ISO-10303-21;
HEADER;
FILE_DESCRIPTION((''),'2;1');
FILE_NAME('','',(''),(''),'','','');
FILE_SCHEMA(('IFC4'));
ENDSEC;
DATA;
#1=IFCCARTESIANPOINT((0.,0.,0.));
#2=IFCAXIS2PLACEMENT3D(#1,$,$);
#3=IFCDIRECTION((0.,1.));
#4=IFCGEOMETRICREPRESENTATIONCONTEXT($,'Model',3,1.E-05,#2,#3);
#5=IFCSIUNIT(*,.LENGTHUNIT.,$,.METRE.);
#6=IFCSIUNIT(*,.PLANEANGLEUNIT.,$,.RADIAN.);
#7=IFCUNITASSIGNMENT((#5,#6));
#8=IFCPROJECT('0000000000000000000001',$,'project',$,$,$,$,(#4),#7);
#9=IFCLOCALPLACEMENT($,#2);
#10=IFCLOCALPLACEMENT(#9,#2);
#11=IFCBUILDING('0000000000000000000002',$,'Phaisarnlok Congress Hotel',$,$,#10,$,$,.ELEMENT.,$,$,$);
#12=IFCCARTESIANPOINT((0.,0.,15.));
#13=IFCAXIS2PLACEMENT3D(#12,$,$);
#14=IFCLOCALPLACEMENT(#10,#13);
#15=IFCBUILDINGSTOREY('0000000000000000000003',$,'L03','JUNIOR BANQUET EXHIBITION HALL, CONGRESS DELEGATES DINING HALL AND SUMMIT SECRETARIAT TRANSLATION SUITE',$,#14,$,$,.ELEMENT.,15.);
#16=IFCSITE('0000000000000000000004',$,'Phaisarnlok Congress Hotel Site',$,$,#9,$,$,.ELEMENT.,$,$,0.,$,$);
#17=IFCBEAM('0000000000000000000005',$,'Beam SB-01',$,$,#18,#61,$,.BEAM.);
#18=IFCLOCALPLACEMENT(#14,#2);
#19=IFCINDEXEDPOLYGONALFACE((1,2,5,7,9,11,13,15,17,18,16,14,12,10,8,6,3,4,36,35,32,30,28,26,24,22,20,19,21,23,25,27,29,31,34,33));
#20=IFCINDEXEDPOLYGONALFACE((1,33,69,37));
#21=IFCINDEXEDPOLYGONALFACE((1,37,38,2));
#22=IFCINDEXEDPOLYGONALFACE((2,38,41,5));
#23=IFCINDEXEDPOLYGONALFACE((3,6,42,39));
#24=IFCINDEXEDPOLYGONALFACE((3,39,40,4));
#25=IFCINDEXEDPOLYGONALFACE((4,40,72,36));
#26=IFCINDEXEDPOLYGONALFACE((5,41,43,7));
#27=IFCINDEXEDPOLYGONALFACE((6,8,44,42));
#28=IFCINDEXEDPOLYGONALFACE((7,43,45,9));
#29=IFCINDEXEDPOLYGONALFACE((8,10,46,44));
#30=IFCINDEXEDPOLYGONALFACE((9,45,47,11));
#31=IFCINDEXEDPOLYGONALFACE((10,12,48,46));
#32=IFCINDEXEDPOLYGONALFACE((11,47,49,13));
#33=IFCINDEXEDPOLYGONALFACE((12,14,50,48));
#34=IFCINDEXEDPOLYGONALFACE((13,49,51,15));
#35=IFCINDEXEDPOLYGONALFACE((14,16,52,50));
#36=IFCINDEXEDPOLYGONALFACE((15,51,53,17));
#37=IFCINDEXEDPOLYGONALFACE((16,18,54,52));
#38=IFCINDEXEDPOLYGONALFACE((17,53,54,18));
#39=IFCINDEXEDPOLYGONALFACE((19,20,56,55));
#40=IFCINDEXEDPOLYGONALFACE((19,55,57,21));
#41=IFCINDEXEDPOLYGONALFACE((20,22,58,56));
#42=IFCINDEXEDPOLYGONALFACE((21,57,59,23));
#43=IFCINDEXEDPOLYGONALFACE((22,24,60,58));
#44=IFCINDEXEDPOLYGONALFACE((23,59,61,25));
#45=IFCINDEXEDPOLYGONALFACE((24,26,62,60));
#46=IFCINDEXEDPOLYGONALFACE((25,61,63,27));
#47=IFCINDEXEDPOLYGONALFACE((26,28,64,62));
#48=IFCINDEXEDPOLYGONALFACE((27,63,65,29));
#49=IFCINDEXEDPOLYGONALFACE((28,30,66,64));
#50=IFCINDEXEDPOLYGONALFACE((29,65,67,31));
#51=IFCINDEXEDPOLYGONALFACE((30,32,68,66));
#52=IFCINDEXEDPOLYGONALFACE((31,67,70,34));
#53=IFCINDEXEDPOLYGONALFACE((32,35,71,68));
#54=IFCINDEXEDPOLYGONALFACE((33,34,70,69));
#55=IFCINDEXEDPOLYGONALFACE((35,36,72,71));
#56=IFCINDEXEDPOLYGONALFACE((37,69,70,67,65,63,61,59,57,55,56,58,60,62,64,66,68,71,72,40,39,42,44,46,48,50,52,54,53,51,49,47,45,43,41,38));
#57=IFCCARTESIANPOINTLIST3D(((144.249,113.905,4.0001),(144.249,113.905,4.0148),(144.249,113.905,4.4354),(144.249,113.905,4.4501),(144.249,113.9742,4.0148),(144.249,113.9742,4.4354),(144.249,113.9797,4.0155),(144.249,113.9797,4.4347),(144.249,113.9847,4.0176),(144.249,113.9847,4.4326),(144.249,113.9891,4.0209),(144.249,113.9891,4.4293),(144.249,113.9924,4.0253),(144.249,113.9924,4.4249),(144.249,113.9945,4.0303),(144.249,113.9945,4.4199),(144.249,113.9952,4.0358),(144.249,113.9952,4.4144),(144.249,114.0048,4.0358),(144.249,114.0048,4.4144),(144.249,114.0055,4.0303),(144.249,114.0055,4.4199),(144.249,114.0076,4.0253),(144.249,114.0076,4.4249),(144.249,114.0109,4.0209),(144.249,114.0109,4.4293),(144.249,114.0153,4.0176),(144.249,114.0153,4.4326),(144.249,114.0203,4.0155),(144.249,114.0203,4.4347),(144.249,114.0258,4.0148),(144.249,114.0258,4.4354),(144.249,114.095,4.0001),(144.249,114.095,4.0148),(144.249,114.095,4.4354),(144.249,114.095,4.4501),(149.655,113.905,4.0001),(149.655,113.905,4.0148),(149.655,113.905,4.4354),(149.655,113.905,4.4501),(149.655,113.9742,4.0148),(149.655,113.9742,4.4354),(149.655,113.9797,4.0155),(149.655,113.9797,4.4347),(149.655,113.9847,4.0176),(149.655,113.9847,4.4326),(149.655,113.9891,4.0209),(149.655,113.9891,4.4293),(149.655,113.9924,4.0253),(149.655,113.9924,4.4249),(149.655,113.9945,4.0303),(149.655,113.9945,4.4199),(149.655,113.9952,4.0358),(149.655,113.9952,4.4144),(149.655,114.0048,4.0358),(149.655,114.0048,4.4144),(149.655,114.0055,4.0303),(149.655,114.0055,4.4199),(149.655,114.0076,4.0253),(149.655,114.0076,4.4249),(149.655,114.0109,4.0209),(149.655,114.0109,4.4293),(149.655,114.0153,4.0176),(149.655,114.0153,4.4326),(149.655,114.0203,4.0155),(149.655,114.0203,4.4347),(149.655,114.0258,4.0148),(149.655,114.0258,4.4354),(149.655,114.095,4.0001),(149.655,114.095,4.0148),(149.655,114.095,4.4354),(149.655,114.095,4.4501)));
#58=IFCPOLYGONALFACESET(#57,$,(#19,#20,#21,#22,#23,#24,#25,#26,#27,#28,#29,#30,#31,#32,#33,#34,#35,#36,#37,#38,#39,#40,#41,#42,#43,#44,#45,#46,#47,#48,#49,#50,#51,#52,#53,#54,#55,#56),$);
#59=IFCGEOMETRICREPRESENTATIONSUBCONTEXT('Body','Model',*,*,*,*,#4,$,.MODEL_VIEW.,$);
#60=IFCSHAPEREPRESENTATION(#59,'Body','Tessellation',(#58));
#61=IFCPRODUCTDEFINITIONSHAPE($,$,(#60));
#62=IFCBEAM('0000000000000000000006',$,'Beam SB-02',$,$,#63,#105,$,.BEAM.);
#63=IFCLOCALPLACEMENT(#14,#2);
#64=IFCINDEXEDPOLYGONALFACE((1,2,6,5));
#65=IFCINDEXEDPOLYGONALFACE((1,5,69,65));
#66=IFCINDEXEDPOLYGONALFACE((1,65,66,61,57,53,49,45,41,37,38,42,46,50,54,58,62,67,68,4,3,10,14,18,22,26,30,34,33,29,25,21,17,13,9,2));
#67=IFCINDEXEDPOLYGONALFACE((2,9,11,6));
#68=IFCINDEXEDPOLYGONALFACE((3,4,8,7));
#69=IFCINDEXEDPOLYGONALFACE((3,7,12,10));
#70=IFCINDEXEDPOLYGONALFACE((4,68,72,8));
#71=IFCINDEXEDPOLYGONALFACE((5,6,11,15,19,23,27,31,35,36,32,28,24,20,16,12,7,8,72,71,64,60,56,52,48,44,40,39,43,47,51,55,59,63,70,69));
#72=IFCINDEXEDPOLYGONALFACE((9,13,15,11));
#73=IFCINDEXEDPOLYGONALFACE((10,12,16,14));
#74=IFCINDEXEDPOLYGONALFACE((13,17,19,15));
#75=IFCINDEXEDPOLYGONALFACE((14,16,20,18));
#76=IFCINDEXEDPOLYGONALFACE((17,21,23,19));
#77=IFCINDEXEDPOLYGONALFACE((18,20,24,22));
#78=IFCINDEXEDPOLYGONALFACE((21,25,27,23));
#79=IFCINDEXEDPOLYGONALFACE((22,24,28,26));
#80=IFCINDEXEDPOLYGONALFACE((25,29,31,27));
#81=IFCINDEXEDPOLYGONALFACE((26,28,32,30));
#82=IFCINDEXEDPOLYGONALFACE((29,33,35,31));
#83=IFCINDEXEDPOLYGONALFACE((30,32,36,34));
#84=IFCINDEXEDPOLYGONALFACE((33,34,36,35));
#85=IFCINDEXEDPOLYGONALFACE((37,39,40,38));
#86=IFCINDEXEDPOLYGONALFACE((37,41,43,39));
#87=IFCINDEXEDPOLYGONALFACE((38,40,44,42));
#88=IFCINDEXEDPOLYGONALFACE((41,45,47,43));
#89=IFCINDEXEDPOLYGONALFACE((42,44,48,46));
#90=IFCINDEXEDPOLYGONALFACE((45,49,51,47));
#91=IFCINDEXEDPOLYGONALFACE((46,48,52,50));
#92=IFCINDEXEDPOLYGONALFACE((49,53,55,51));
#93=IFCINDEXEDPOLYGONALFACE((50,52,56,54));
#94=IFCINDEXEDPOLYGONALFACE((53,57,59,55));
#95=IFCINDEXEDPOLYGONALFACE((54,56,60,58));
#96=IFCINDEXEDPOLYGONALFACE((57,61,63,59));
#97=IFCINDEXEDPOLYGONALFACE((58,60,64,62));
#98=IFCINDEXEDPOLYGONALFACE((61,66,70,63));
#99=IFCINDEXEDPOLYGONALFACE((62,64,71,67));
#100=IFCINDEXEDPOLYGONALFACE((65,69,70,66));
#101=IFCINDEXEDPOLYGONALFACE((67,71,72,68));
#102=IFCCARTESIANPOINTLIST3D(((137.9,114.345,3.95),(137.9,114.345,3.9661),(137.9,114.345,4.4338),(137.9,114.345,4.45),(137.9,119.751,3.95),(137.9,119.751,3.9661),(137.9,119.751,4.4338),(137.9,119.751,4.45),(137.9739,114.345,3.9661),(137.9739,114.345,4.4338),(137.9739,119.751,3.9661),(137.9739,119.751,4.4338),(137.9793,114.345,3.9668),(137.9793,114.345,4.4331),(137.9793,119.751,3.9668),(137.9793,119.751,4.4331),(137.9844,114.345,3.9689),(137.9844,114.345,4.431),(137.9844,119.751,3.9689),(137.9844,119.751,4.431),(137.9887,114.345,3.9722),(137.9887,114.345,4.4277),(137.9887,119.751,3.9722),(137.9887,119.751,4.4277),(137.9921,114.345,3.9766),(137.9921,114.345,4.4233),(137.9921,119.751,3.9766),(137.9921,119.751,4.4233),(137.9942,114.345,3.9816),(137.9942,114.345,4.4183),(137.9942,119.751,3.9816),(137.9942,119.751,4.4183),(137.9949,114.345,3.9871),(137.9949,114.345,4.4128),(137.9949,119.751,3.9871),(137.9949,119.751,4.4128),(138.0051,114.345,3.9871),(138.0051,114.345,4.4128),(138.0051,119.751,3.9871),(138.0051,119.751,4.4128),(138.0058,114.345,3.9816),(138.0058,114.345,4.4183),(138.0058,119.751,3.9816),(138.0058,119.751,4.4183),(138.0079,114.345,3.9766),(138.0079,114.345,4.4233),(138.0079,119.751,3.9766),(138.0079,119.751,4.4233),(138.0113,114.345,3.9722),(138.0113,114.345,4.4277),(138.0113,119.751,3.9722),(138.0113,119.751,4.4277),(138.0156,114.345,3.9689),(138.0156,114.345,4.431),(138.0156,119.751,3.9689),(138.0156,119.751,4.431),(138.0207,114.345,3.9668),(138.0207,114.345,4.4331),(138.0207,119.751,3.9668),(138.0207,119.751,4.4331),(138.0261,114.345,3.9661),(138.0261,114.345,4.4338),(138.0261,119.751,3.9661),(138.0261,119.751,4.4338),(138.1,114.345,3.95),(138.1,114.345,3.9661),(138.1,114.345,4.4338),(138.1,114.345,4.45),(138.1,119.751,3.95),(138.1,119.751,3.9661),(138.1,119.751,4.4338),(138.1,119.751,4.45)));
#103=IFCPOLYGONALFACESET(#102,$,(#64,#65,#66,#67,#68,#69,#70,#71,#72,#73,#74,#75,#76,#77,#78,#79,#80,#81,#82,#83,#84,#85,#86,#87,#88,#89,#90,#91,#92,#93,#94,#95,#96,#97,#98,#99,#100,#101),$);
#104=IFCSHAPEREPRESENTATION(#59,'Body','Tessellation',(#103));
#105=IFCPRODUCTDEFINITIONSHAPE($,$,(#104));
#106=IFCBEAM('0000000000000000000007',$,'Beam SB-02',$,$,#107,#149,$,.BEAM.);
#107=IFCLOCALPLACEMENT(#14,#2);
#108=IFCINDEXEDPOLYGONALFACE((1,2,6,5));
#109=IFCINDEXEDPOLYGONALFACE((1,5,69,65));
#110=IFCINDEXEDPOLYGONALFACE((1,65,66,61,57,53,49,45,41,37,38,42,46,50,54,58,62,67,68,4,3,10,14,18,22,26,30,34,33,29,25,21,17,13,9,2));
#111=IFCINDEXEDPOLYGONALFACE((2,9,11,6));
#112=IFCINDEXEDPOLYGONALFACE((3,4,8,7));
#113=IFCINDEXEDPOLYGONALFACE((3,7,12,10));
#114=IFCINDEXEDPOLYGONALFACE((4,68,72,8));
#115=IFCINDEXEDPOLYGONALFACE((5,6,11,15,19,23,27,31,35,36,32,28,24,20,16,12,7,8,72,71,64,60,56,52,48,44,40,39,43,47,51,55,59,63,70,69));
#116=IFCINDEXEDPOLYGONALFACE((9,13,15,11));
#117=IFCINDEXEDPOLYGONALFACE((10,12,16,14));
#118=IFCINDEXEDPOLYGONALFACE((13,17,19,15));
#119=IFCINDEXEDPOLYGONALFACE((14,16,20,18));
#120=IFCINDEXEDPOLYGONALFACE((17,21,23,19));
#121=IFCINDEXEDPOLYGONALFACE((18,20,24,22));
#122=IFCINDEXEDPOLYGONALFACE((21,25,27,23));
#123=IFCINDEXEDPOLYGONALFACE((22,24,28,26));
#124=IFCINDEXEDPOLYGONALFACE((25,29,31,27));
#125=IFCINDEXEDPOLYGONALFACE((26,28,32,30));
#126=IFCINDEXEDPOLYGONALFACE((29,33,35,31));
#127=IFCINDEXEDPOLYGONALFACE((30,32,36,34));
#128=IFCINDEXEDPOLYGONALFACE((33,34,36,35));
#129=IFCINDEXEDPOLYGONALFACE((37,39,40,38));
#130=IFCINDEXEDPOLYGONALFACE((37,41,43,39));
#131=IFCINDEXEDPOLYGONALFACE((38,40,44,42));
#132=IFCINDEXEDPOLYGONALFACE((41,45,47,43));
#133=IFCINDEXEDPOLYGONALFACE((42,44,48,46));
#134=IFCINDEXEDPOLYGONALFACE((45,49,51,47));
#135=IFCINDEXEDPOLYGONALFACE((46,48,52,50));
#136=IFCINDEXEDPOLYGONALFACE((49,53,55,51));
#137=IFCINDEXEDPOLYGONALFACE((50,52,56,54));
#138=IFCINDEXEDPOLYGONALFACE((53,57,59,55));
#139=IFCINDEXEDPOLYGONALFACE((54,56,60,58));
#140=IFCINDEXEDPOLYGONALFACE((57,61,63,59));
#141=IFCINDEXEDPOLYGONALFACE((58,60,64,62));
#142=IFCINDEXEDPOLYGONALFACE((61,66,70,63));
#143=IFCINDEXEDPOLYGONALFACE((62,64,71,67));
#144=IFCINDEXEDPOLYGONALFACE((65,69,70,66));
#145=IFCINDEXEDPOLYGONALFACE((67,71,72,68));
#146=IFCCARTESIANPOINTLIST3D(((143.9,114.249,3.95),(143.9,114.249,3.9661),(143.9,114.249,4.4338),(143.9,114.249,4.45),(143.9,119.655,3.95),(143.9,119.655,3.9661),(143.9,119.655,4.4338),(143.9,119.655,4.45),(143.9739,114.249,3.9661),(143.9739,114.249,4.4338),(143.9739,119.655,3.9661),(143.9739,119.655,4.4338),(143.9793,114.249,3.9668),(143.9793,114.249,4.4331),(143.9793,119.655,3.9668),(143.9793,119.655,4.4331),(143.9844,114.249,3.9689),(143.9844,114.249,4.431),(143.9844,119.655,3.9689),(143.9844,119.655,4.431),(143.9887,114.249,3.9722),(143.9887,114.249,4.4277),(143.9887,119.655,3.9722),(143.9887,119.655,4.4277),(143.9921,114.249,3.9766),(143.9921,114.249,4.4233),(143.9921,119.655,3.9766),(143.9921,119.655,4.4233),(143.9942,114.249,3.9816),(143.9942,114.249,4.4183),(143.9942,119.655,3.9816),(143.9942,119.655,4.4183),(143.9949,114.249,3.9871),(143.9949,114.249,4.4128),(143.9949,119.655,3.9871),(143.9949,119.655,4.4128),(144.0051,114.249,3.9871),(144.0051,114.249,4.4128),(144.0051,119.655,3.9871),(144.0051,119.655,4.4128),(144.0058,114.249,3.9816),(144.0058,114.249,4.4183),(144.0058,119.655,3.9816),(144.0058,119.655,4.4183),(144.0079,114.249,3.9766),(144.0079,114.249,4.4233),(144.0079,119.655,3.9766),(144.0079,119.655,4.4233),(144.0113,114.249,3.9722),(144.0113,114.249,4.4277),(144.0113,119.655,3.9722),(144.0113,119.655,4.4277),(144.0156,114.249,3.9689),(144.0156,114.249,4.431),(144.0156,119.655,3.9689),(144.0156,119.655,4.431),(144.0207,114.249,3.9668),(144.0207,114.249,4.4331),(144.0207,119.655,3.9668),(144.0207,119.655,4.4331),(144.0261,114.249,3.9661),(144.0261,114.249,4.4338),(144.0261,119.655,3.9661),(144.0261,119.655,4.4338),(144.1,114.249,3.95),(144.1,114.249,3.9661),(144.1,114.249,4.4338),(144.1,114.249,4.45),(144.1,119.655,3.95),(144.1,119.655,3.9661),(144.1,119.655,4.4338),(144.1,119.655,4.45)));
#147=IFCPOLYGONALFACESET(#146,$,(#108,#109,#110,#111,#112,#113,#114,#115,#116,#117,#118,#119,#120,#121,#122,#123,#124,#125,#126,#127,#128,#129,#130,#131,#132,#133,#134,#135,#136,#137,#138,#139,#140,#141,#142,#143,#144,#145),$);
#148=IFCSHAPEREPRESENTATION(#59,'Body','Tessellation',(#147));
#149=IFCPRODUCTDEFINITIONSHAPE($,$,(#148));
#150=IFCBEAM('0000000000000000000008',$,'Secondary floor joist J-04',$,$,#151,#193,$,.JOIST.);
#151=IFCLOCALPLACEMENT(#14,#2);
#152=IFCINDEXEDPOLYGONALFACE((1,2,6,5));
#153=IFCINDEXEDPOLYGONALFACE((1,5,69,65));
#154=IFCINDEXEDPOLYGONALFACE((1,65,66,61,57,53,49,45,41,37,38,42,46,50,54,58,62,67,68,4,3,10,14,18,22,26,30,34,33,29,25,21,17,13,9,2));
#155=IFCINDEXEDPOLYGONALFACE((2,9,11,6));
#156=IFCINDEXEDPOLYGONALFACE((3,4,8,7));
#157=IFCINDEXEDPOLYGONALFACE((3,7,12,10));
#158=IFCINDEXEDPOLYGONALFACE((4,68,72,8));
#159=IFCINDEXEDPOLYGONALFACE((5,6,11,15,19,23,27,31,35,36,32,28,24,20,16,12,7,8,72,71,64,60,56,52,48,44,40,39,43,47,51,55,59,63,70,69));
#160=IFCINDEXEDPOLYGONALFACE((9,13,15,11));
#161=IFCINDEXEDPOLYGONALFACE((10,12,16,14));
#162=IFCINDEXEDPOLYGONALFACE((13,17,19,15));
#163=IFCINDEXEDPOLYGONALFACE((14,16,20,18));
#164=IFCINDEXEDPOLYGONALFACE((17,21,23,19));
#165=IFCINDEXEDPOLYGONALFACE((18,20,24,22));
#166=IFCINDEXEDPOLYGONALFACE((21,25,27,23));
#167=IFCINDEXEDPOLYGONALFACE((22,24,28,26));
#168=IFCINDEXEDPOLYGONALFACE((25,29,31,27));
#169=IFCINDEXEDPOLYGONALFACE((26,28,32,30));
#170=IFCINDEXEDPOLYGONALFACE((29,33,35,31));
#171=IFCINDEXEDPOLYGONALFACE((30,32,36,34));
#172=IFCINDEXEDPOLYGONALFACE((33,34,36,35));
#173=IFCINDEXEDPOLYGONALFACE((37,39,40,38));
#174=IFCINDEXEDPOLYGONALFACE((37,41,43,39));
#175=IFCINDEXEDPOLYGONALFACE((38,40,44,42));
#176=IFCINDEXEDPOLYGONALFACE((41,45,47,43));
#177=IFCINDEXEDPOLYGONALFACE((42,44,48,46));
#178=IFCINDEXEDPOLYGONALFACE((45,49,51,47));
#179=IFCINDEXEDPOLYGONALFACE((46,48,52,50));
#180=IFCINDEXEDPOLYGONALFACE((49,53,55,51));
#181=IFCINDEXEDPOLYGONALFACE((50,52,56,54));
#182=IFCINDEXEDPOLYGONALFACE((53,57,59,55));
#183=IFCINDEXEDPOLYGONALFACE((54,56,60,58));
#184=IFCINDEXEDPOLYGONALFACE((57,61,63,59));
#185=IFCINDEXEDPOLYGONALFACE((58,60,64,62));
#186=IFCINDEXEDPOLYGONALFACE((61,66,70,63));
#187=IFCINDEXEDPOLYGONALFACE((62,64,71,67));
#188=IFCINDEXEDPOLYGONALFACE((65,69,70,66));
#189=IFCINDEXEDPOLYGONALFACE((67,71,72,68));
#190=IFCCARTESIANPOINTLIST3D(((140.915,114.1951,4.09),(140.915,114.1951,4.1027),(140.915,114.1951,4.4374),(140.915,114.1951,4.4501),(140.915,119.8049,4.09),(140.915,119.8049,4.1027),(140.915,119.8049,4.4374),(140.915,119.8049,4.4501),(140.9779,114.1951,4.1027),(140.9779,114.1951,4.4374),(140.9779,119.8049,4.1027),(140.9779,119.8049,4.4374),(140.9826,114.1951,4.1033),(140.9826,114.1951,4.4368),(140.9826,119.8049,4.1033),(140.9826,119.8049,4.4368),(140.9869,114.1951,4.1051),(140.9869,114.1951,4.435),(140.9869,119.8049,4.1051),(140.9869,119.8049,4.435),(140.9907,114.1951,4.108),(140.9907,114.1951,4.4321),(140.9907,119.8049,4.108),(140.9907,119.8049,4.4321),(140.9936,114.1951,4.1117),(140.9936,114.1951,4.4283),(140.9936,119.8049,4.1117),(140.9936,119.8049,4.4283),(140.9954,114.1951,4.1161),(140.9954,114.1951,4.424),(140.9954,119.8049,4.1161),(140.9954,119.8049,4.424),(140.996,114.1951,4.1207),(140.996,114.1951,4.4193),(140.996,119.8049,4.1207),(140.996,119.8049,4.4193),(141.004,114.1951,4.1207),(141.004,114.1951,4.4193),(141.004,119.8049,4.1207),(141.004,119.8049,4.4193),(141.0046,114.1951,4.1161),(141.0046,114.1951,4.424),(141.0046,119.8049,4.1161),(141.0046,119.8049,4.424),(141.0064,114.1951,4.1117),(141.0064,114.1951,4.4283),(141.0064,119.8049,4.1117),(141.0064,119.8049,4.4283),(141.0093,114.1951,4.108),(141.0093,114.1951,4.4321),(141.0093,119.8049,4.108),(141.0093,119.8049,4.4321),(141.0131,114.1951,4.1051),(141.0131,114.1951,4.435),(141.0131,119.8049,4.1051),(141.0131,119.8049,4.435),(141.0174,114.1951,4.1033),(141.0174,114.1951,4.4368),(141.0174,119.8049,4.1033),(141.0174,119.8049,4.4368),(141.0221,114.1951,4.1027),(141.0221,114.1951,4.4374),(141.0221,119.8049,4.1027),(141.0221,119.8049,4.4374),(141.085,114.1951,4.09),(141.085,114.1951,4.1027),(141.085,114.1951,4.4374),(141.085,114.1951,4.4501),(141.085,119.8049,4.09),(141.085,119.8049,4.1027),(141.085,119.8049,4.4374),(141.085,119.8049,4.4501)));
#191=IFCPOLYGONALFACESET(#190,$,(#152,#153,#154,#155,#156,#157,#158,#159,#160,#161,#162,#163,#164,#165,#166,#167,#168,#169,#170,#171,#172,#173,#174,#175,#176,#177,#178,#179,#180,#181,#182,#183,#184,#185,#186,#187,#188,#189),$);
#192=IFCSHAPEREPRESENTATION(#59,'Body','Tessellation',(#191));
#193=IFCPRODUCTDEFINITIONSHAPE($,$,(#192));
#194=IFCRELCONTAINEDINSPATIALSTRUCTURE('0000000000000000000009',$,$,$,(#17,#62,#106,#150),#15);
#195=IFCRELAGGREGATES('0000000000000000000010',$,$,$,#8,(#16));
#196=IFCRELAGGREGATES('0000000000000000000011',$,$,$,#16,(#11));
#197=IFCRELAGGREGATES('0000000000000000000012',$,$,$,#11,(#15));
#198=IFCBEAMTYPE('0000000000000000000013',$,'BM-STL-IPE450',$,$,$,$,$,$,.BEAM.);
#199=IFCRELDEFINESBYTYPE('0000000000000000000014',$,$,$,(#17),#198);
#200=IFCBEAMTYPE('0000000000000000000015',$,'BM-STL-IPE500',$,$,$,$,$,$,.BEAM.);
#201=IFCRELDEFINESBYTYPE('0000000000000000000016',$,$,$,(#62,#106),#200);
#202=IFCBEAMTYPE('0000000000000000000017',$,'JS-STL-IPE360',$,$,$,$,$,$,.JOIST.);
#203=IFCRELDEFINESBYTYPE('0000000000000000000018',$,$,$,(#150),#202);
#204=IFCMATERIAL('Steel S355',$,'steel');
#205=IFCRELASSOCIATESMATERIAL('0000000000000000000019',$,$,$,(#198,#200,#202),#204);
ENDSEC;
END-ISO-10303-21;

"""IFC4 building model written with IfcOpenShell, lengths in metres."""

from ifc_helpers import new_model, si_unit, direction, frame, origin, origin_2d, place, context, subcontext, project, spatial, i_section, extrude, material, material_profile, profile_set, type_object, element, save


model = new_model("IFC4")

# Units and contexts
model_context = context("Model", 3, precision=1e-05, world=origin(), true_north=direction((0.0, 1.0)))
body_context = subcontext(model_context, "Body", "Model", "MODEL_VIEW")
ifc_project = project(units=[si_unit("LENGTHUNIT", "METRE"), si_unit("PLANEANGLEUNIT", "RADIAN")], contexts=[model_context])

# Site, building, storey
site_placement = place(None, origin())
site = spatial("IfcSite", under=ifc_project, at=site_placement, Name="Phaisarnlok Congress Hotel Site", CompositionType="ELEMENT", RefElevation=0.0)
building_placement = place(site_placement, origin())
building = spatial("IfcBuilding", under=site, at=building_placement, Name="Phaisarnlok Congress Hotel", CompositionType="ELEMENT")
storey_placement = place(building_placement, frame((0.0, 0.0, 15.0)))
storey = spatial("IfcBuildingStorey", under=building, at=storey_placement, Name="L03", Description="JUNIOR BANQUET EXHIBITION HALL, CONGRESS DELEGATES DINING HALL AND SUMMIT SECRETARIAT TRANSLATION SUITE", CompositionType="ELEMENT", Elevation=15.0)

# Shared definitions
ifc_material_1 = material(Name="Steel S355", Category="steel")

# Beams
ifc_material_profile_1 = material_profile(ifc_material_1, i_section(OverallWidth=0.1899, OverallDepth=0.45, WebThickness=0.0095, FlangeThickness=0.0146, FilletRadius=0.021, at=origin_2d()), Name="IPE 450")
ifc_profile_set_1 = profile_set([ifc_material_profile_1], Name="Steel S355")
beam_type_1 = type_object("IfcBeamType", Name="BM-STL-IPE450", PredefinedType="BEAM", material=ifc_profile_set_1)
beam_1_placement = place(storey_placement, frame((144.249, 114.0, 4.2251), z_axis=(1.0, 0.0, 0.0), x_axis=(0.0, 1.0, 0.0)))
element("IfcBeam", 1, at=beam_1_placement, inside=storey, type_object=beam_type_1, Name="Beam SB-01", PredefinedType="BEAM", context=body_context, shape_type="SweptSolid", body=[
    extrude(i_section(OverallWidth=0.1899, OverallDepth=0.45, WebThickness=0.0095, FlangeThickness=0.0146, FilletRadius=0.021, at=origin_2d()), origin(), (0.0, 0.0, 1.0), 5.406),
])
ifc_material_profile_2 = material_profile(ifc_material_1, i_section(OverallWidth=0.2, OverallDepth=0.5, WebThickness=0.0103, FlangeThickness=0.0161, FilletRadius=0.021, at=origin_2d()), Name="IPE 500")
ifc_profile_set_2 = profile_set([ifc_material_profile_2], Name="Steel S355")
beam_type_2 = type_object("IfcBeamType", Name="BM-STL-IPE500", PredefinedType="BEAM", material=ifc_profile_set_2)
for number, where, z_axis, x_axis, name in (
    (2, (138.0, 114.345, 4.2), (0.0, 1.0, 0.0), (-1.0, 0.0, 0.0), "Beam SB-02"),
    (3, (144.0, 114.249, 4.2), (0.0, 1.0, 0.0), (-1.0, 0.0, 0.0), "Beam SB-02"),
):
    element("IfcBeam", number, at=place(storey_placement, frame(where, z_axis=z_axis, x_axis=x_axis)), inside=storey, type_object=beam_type_2, Name=name, PredefinedType="BEAM", context=body_context, shape_type="SweptSolid", body=[
        extrude(i_section(OverallWidth=0.2, OverallDepth=0.5, WebThickness=0.0103, FlangeThickness=0.0161, FilletRadius=0.021, at=origin_2d()), origin(), (0.0, 0.0, 1.0), 5.406),
    ])
ifc_material_profile_3 = material_profile(ifc_material_1, i_section(OverallWidth=0.1699, OverallDepth=0.3601, WebThickness=0.0081, FlangeThickness=0.0127, FilletRadius=0.0181, at=origin_2d()), Name="IPE 360")
ifc_profile_set_3 = profile_set([ifc_material_profile_3], Name="Steel S355")
beam_type_3 = type_object("IfcBeamType", Name="JS-STL-IPE360", PredefinedType="JOIST", material=ifc_profile_set_3)
beam_2_placement = place(storey_placement, frame((141.0, 114.1951, 4.27), z_axis=(0.0, 1.0, 0.0), x_axis=(-1.0, 0.0, 0.0)))
element("IfcBeam", 4, at=beam_2_placement, inside=storey, type_object=beam_type_3, Name="Secondary floor joist J-04", PredefinedType="JOIST", context=body_context, shape_type="SweptSolid", body=[
    extrude(i_section(OverallWidth=0.1699, OverallDepth=0.3601, WebThickness=0.0081, FlangeThickness=0.0127, FilletRadius=0.0181, at=origin_2d()), origin(), (0.0, 0.0, 1.0), 5.6099),
])

save(model, "model.ifc")
